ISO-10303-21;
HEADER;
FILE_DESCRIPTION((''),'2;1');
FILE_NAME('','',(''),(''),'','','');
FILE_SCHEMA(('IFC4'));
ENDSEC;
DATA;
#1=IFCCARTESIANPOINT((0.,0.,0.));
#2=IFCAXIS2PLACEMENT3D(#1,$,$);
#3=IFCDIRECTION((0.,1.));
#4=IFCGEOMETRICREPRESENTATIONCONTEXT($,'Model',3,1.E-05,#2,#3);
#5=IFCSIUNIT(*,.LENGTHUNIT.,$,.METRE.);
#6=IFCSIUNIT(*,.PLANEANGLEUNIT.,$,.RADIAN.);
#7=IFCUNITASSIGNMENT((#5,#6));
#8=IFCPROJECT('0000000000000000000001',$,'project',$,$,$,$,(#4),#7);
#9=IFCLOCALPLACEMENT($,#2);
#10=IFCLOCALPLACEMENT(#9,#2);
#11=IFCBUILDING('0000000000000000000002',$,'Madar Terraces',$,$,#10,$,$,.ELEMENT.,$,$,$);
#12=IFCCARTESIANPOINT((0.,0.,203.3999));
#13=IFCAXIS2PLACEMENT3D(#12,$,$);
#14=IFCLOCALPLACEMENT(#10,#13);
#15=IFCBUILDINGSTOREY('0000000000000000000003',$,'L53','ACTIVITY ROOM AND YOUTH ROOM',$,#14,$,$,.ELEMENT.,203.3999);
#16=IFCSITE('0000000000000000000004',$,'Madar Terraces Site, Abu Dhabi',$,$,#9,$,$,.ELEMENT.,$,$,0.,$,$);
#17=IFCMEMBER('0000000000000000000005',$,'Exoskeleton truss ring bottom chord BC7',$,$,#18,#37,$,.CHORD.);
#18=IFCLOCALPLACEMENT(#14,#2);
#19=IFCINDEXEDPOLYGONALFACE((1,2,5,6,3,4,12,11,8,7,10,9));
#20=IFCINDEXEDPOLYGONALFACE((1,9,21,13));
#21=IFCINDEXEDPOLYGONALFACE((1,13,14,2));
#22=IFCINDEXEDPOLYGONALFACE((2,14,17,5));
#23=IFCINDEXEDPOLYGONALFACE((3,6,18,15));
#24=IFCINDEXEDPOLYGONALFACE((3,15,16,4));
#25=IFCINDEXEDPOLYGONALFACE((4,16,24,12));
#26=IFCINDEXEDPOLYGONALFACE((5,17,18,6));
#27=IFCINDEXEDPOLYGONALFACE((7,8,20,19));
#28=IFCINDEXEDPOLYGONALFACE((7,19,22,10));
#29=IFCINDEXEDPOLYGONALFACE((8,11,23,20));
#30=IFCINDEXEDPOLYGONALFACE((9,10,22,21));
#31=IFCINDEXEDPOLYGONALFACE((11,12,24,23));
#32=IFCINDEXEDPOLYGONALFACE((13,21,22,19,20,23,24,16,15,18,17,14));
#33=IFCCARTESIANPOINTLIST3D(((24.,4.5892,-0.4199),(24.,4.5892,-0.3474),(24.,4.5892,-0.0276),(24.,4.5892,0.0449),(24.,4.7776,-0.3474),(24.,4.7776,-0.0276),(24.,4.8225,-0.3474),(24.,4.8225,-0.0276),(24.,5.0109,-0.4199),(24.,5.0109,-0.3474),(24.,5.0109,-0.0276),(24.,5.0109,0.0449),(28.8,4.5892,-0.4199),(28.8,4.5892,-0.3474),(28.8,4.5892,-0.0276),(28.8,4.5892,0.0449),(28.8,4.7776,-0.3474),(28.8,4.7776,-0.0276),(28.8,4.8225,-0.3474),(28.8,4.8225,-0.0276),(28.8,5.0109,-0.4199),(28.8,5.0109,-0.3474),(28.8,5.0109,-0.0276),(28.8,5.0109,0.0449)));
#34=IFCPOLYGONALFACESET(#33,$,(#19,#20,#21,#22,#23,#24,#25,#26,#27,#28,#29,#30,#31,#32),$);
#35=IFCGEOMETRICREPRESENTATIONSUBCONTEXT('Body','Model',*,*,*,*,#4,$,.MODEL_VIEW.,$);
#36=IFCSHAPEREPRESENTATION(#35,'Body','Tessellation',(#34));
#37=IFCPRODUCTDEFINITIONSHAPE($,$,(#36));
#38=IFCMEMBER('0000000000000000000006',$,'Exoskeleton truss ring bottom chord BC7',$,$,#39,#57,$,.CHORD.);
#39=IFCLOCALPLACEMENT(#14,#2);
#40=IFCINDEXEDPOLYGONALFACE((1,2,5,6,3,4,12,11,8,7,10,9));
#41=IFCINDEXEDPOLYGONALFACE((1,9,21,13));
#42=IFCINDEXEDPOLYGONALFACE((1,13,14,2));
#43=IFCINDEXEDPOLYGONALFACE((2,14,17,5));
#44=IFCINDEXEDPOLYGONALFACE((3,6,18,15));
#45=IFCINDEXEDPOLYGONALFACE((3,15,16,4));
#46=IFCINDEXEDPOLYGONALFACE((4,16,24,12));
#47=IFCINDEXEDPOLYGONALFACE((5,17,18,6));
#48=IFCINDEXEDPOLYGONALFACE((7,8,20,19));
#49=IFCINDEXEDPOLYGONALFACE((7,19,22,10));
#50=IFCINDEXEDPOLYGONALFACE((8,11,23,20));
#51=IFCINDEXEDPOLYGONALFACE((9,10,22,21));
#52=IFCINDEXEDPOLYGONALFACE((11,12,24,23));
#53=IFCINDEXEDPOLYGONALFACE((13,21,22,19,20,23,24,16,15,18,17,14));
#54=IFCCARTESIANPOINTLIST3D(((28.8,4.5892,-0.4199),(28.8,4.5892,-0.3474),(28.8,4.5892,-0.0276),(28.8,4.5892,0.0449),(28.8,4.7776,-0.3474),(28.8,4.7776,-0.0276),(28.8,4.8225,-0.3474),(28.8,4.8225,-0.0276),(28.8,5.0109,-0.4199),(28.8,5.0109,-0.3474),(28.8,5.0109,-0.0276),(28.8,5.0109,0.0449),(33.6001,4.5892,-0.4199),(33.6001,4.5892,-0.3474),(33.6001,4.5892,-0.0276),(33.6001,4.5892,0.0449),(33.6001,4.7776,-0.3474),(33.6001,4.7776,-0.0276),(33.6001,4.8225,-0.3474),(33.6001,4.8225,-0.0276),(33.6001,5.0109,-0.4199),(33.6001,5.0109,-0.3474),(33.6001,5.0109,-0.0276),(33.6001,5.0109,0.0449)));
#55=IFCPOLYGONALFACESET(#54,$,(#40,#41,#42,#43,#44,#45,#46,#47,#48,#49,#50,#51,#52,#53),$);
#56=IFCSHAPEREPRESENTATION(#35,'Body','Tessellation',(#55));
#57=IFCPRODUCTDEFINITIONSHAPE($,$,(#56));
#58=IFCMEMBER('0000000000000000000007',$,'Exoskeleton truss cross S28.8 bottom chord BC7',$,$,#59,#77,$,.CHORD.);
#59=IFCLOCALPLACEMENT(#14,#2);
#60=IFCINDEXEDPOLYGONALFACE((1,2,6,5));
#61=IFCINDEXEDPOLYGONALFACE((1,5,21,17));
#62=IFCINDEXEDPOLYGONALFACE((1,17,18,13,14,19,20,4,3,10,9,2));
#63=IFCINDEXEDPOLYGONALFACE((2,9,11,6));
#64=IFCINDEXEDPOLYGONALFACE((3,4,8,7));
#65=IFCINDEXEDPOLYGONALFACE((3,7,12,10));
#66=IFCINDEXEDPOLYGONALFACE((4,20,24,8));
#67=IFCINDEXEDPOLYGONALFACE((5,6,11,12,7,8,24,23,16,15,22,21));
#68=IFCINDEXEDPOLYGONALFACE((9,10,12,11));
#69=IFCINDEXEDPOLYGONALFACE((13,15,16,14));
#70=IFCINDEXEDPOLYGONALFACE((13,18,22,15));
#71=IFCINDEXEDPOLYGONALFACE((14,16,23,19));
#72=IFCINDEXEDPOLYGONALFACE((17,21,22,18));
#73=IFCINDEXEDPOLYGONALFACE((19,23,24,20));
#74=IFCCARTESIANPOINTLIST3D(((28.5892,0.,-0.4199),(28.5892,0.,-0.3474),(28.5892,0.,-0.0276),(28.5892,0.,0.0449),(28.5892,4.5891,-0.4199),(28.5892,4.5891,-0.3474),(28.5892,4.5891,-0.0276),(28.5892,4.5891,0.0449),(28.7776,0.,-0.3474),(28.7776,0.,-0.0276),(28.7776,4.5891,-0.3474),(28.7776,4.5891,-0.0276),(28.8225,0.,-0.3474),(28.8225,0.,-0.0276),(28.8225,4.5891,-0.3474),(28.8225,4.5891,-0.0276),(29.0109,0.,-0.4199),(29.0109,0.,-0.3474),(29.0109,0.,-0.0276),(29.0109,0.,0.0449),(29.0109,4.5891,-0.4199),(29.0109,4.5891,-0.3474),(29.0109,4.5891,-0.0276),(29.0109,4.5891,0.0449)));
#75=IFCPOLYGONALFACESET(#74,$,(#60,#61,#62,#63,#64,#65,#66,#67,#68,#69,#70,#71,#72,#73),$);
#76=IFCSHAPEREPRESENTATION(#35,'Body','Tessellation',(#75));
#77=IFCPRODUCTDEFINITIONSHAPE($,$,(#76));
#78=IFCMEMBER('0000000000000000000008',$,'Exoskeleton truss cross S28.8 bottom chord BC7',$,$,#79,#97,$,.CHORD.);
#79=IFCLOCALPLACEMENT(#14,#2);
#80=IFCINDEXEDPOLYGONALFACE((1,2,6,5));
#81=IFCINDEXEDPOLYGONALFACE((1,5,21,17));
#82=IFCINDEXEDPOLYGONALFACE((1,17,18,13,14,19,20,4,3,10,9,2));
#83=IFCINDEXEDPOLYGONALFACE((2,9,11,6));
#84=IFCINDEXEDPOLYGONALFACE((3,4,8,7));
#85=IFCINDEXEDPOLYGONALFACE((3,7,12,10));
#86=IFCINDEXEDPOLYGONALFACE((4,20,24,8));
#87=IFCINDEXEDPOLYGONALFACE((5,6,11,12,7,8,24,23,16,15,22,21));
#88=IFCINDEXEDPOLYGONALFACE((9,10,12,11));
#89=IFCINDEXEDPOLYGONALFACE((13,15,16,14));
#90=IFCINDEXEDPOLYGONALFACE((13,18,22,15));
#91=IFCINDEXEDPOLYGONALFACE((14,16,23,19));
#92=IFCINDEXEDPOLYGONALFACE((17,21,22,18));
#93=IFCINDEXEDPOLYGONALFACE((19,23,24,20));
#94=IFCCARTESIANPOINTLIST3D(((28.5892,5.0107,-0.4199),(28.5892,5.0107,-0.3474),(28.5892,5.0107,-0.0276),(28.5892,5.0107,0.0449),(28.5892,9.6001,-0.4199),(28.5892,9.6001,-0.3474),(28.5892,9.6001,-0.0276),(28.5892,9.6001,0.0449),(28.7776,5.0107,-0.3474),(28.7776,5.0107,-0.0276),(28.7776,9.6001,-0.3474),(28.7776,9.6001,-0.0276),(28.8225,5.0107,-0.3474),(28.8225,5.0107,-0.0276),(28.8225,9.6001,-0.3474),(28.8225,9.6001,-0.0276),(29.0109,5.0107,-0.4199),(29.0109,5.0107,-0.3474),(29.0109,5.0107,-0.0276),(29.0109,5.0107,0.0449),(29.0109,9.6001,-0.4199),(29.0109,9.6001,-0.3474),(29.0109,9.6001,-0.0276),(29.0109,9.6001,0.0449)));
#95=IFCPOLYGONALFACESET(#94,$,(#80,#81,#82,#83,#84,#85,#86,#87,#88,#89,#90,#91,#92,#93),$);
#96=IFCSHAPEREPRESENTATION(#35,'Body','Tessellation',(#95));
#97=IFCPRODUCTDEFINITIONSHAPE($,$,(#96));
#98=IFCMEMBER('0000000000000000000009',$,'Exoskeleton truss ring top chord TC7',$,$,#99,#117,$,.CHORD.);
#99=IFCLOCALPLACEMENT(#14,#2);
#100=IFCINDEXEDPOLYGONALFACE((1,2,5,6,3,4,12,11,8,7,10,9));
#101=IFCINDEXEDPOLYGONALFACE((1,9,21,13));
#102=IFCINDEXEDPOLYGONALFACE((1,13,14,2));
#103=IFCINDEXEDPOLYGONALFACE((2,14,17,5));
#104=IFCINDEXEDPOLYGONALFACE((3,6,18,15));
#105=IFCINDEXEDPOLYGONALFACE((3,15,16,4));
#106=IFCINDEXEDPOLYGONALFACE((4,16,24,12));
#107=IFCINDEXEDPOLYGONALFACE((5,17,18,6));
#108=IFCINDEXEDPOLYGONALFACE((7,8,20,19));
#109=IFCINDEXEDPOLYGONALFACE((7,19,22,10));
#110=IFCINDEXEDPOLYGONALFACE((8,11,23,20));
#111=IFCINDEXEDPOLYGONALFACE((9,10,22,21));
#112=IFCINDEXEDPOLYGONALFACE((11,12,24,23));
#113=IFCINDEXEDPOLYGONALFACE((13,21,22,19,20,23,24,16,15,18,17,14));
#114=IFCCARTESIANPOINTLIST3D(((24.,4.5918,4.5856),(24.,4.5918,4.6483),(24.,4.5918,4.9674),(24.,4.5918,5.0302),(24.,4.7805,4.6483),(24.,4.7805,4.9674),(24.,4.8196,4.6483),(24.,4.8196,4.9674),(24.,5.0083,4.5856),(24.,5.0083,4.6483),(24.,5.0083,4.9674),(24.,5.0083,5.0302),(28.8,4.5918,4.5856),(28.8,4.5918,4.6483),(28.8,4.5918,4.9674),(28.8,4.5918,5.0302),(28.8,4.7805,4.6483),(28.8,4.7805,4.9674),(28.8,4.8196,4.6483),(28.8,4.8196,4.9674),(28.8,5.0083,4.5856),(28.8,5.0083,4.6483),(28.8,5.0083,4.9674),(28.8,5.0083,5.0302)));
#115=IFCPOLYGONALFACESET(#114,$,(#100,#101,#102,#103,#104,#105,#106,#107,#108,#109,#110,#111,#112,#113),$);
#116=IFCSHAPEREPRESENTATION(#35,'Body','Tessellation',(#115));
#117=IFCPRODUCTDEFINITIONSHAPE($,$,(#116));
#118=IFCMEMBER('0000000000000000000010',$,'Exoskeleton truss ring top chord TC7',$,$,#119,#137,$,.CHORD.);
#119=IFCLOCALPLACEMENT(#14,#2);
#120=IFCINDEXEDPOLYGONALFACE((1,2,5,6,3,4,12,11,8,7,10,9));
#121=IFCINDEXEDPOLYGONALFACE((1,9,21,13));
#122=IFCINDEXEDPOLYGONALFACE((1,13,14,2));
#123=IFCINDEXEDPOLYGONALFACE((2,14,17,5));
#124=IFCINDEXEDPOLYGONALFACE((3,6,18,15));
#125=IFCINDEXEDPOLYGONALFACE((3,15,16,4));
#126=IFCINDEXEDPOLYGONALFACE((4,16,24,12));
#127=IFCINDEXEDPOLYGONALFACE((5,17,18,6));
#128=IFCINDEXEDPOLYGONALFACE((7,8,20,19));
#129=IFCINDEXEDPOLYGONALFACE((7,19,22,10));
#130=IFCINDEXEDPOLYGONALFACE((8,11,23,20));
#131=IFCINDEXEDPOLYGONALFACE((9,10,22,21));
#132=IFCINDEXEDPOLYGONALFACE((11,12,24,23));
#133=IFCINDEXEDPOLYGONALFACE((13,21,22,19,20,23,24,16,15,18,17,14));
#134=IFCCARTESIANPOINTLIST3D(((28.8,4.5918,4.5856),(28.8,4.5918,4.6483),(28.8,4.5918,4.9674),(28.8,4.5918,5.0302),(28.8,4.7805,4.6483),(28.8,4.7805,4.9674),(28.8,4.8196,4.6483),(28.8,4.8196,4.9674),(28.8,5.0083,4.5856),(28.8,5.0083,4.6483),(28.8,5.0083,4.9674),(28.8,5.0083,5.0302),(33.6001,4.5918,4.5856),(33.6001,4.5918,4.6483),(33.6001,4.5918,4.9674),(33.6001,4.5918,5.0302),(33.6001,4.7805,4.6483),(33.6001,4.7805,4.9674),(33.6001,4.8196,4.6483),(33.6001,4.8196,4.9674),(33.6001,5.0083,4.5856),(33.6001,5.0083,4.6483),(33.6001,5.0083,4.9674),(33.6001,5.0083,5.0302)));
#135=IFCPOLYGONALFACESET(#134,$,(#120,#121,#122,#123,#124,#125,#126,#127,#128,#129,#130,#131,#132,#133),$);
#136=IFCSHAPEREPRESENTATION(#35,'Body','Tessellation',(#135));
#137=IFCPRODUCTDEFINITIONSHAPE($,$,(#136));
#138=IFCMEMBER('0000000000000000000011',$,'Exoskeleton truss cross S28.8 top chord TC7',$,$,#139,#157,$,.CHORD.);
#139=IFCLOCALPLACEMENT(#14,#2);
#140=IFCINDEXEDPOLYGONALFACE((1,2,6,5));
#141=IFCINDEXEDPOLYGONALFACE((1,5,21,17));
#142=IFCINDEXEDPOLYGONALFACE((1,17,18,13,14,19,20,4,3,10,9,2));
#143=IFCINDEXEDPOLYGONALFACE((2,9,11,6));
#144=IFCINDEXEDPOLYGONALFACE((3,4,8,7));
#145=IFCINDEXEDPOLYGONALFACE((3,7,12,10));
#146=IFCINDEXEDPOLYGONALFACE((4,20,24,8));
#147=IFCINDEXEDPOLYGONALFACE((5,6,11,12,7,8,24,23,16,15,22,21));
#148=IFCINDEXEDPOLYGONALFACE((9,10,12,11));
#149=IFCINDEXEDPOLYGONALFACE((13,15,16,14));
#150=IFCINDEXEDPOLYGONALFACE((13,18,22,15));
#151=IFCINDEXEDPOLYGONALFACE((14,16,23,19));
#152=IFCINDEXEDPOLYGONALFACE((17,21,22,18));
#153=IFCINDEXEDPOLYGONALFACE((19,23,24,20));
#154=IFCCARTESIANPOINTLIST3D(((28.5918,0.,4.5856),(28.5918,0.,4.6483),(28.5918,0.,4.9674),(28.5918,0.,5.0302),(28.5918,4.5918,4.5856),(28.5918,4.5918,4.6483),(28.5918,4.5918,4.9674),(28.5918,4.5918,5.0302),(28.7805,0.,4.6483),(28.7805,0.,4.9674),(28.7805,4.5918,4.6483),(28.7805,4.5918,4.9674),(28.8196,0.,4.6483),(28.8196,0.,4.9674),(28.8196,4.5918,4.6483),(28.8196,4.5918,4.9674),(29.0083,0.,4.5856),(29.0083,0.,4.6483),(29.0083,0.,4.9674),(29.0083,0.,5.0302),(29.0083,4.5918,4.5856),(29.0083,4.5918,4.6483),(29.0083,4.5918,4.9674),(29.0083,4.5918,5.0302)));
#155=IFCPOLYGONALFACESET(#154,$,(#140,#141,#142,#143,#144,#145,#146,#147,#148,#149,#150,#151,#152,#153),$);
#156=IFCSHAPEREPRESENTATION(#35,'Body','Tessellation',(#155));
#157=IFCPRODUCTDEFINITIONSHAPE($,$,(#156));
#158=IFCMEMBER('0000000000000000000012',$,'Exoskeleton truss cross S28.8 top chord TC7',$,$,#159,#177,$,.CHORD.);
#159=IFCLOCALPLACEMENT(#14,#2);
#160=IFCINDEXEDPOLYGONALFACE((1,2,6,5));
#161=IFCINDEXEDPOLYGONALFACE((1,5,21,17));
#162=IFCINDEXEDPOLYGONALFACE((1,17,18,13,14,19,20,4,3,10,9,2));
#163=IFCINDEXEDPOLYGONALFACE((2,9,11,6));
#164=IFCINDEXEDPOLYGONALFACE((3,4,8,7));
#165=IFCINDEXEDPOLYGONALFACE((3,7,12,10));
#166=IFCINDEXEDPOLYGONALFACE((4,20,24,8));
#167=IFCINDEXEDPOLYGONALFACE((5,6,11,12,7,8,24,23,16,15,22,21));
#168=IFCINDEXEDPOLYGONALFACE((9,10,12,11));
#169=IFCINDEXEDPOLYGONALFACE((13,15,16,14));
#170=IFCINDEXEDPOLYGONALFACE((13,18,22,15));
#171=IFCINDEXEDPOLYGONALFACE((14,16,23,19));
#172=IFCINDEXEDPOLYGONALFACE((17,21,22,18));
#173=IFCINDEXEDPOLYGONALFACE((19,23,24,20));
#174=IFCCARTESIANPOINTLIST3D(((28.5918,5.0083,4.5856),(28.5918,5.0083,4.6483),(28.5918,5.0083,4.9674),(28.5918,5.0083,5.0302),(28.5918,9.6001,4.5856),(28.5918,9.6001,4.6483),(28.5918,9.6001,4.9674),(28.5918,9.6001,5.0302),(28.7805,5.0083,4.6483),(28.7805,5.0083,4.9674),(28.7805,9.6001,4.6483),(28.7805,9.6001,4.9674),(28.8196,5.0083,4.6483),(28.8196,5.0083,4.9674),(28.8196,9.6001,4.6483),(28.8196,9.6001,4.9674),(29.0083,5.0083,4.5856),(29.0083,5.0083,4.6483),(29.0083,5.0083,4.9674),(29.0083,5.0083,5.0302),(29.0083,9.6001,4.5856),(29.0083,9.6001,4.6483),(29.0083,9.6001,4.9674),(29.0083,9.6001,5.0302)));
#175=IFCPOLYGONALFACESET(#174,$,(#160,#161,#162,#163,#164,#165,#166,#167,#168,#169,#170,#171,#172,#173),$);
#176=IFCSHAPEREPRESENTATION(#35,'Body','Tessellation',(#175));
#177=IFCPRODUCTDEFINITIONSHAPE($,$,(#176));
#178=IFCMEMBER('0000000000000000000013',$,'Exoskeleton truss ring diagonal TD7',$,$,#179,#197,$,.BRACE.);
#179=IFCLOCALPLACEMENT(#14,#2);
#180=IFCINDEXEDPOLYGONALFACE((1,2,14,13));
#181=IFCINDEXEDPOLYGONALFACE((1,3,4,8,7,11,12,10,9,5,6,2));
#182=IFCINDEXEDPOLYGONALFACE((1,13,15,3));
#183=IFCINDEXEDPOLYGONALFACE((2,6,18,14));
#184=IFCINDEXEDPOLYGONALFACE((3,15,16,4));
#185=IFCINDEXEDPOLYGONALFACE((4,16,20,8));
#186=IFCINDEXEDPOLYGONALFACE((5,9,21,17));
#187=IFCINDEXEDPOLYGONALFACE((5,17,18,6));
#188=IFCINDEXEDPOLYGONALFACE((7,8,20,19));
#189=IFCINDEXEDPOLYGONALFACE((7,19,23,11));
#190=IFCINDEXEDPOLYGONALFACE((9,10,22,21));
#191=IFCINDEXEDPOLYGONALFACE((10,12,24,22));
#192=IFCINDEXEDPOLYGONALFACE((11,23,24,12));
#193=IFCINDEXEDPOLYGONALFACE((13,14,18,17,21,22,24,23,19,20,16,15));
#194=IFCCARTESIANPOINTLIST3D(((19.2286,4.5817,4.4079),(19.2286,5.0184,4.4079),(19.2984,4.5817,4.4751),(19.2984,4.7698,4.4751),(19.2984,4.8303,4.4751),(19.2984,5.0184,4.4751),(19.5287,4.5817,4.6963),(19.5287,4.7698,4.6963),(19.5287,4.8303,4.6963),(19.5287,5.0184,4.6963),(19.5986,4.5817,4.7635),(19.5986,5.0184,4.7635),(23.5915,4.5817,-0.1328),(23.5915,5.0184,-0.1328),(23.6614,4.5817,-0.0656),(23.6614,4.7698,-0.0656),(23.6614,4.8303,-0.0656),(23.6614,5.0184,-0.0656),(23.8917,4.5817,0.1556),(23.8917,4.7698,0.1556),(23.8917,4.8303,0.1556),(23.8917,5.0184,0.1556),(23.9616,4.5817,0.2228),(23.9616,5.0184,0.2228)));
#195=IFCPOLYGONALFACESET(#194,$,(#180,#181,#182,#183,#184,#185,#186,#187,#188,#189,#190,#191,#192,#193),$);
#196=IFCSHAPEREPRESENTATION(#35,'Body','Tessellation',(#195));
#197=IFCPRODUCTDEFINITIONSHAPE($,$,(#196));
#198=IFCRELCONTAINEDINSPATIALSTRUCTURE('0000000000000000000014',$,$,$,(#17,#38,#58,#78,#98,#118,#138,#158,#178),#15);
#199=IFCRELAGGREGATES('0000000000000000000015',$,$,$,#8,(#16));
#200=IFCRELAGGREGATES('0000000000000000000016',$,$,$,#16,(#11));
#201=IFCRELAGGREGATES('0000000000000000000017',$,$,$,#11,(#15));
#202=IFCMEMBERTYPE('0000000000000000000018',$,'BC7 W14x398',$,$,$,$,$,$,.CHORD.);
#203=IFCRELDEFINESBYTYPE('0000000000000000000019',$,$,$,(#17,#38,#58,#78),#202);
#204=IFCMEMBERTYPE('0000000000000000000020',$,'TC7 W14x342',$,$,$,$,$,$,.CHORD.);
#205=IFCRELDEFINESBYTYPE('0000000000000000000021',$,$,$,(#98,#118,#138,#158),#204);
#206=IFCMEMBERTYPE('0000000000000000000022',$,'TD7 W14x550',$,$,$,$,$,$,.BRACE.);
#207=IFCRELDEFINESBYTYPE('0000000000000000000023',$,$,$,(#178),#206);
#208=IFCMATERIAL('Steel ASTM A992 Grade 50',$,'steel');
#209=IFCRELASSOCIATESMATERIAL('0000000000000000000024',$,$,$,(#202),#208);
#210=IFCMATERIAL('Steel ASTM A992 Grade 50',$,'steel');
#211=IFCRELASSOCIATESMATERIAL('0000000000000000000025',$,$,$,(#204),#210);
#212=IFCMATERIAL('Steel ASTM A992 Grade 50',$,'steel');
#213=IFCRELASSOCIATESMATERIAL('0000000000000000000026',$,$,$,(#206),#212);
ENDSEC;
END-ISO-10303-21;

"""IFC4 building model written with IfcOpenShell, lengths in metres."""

from ifc_helpers import new_model, si_unit, direction, frame, origin, origin_2d, place, context, subcontext, project, spatial, i_section, extrude, material, material_profile, profile_set, type_object, element, save


model = new_model("IFC4")

# Units and contexts
model_context = context("Model", 3, precision=1e-05, world=origin(), true_north=direction((0.0, 1.0)))
body_context = subcontext(model_context, "Body", "Model", "MODEL_VIEW")
ifc_project = project(units=[si_unit("LENGTHUNIT", "METRE"), si_unit("PLANEANGLEUNIT", "RADIAN")], contexts=[model_context])

# Site, building, storey
site_placement = place(None, origin())
site = spatial("IfcSite", under=ifc_project, at=site_placement, Name="Madar Terraces Site, Abu Dhabi", CompositionType="ELEMENT", RefElevation=0.0)
building_placement = place(site_placement, origin())
building = spatial("IfcBuilding", under=site, at=building_placement, Name="Madar Terraces", CompositionType="ELEMENT")
storey_placement = place(building_placement, frame((0.0, 0.0, 203.3999)))
storey = spatial("IfcBuildingStorey", under=building, at=storey_placement, Name="L53", Description="ACTIVITY ROOM AND YOUTH ROOM", CompositionType="ELEMENT", Elevation=203.3999)

# Members
ifc_material_1 = material(Name="Steel ASTM A992 Grade 50", Category="steel")
ifc_material_profile_1 = material_profile(ifc_material_1, i_section(OverallWidth=0.4216, OverallDepth=0.4648, WebThickness=0.0449, FlangeThickness=0.0725, at=origin_2d()), Name="W14x398")
ifc_profile_set_1 = profile_set([ifc_material_profile_1], Name="Steel ASTM A992 Grade 50")
member_type_1 = type_object("IfcMemberType", Name="BC7 W14x398", PredefinedType="CHORD", material=ifc_profile_set_1)
for number, where, z_axis, x_axis, name in (
    (1, (24.0, 4.8, -0.1875), (1.0, 0.0, 0.0), (0.0, 1.0, 0.0), "Exoskeleton truss ring bottom chord BC7"),
    (2, (28.8, 4.8, -0.1875), (1.0, 0.0, 0.0), (0.0, 1.0, 0.0), "Exoskeleton truss ring bottom chord BC7"),
):
    element("IfcMember", number, at=place(storey_placement, frame(where, z_axis=z_axis, x_axis=x_axis)), inside=storey, type_object=member_type_1, Name=name, PredefinedType="CHORD", context=body_context, shape_type="SweptSolid", body=[
        extrude(i_section(OverallWidth=0.4216, OverallDepth=0.4648, WebThickness=0.0449, FlangeThickness=0.0725, at=origin_2d()), origin(), (0.0, 0.0, 1.0), 4.8),
    ])
member_1_placement = place(storey_placement, frame((28.8, 0.0, -0.1875), z_axis=(0.0, 1.0, 0.0), x_axis=(-1.0, 0.0, 0.0)))
element("IfcMember", 3, at=member_1_placement, inside=storey, type_object=member_type_1, Name="Exoskeleton truss cross S28.8 bottom chord BC7", PredefinedType="CHORD", context=body_context, shape_type="SweptSolid", body=[
    extrude(i_section(OverallWidth=0.4216, OverallDepth=0.4648, WebThickness=0.0449, FlangeThickness=0.0725, at=origin_2d()), origin(), (0.0, 0.0, 1.0), 4.5891),
])
member_2_placement = place(storey_placement, frame((28.8, 5.0107, -0.1875), z_axis=(0.0, 1.0, 0.0), x_axis=(-1.0, 0.0, 0.0)))
element("IfcMember", 4, at=member_2_placement, inside=storey, type_object=member_type_1, Name="Exoskeleton truss cross S28.8 bottom chord BC7", PredefinedType="CHORD", context=body_context, shape_type="SweptSolid", body=[
    extrude(i_section(OverallWidth=0.4216, OverallDepth=0.4648, WebThickness=0.0449, FlangeThickness=0.0725, at=origin_2d()), origin(), (0.0, 0.0, 1.0), 4.5894),
])
ifc_material_2 = material(Name="Steel ASTM A992 Grade 50", Category="steel")
ifc_material_profile_2 = material_profile(ifc_material_2, i_section(OverallWidth=0.4165, OverallDepth=0.4446, WebThickness=0.0391, FlangeThickness=0.0627, at=origin_2d()), Name="W14x342")
ifc_profile_set_2 = profile_set([ifc_material_profile_2], Name="Steel ASTM A992 Grade 50")
member_type_2 = type_object("IfcMemberType", Name="TC7 W14x342", PredefinedType="CHORD", material=ifc_profile_set_2)
for number, where, z_axis, x_axis, name in (
    (5, (24.0, 4.8, 4.8079), (1.0, 0.0, 0.0), (0.0, 1.0, 0.0), "Exoskeleton truss ring top chord TC7"),
    (6, (28.8, 4.8, 4.8079), (1.0, 0.0, 0.0), (0.0, 1.0, 0.0), "Exoskeleton truss ring top chord TC7"),
):
    element("IfcMember", number, at=place(storey_placement, frame(where, z_axis=z_axis, x_axis=x_axis)), inside=storey, type_object=member_type_2, Name=name, PredefinedType="CHORD", context=body_context, shape_type="SweptSolid", body=[
        extrude(i_section(OverallWidth=0.4165, OverallDepth=0.4446, WebThickness=0.0391, FlangeThickness=0.0627, at=origin_2d()), origin(), (0.0, 0.0, 1.0), 4.8),
    ])
for number, where, z_axis, x_axis, name in (
    (7, (28.8, 0.0, 4.8079), (0.0, 1.0, 0.0), (-1.0, 0.0, 0.0), "Exoskeleton truss cross S28.8 top chord TC7"),
    (8, (28.8, 5.0083, 4.8079), (0.0, 1.0, 0.0), (-1.0, 0.0, 0.0), "Exoskeleton truss cross S28.8 top chord TC7"),
):
    element("IfcMember", number, at=place(storey_placement, frame(where, z_axis=z_axis, x_axis=x_axis)), inside=storey, type_object=member_type_2, Name=name, PredefinedType="CHORD", context=body_context, shape_type="SweptSolid", body=[
        extrude(i_section(OverallWidth=0.4165, OverallDepth=0.4446, WebThickness=0.0391, FlangeThickness=0.0627, at=origin_2d()), origin(), (0.0, 0.0, 1.0), 4.5918),
    ])
ifc_material_3 = material(Name="Steel ASTM A992 Grade 50", Category="steel")
ifc_material_profile_3 = material_profile(ifc_material_3, i_section(OverallWidth=0.4368, OverallDepth=0.5132, WebThickness=0.0605, FlangeThickness=0.0969, at=origin_2d()), Name="W14x550")
ifc_profile_set_3 = profile_set([ifc_material_profile_3], Name="Steel ASTM A992 Grade 50")
member_type_3 = type_object("IfcMemberType", Name="TD7 W14x550", PredefinedType="BRACE", material=ifc_profile_set_3)
for number, where, z_axis, x_axis, name in (
    (9, (19.4136, 4.8, 4.5857), (0.692854, 0.0, -0.721078), (0.0, 1.0, 0.0), "Exoskeleton truss ring diagonal TD7"),
):
    element("IfcMember", number, at=place(storey_placement, frame(where, z_axis=z_axis, x_axis=x_axis)), inside=storey, type_object=member_type_3, Name=name, PredefinedType="BRACE", context=body_context, shape_type="SweptSolid", body=[
        extrude(i_section(OverallWidth=0.4368, OverallDepth=0.5132, WebThickness=0.0605, FlangeThickness=0.0969, at=origin_2d()), origin(), (0.0, 0.0, 1.0), 6.2971),
    ])

save(model, "model.ifc")
